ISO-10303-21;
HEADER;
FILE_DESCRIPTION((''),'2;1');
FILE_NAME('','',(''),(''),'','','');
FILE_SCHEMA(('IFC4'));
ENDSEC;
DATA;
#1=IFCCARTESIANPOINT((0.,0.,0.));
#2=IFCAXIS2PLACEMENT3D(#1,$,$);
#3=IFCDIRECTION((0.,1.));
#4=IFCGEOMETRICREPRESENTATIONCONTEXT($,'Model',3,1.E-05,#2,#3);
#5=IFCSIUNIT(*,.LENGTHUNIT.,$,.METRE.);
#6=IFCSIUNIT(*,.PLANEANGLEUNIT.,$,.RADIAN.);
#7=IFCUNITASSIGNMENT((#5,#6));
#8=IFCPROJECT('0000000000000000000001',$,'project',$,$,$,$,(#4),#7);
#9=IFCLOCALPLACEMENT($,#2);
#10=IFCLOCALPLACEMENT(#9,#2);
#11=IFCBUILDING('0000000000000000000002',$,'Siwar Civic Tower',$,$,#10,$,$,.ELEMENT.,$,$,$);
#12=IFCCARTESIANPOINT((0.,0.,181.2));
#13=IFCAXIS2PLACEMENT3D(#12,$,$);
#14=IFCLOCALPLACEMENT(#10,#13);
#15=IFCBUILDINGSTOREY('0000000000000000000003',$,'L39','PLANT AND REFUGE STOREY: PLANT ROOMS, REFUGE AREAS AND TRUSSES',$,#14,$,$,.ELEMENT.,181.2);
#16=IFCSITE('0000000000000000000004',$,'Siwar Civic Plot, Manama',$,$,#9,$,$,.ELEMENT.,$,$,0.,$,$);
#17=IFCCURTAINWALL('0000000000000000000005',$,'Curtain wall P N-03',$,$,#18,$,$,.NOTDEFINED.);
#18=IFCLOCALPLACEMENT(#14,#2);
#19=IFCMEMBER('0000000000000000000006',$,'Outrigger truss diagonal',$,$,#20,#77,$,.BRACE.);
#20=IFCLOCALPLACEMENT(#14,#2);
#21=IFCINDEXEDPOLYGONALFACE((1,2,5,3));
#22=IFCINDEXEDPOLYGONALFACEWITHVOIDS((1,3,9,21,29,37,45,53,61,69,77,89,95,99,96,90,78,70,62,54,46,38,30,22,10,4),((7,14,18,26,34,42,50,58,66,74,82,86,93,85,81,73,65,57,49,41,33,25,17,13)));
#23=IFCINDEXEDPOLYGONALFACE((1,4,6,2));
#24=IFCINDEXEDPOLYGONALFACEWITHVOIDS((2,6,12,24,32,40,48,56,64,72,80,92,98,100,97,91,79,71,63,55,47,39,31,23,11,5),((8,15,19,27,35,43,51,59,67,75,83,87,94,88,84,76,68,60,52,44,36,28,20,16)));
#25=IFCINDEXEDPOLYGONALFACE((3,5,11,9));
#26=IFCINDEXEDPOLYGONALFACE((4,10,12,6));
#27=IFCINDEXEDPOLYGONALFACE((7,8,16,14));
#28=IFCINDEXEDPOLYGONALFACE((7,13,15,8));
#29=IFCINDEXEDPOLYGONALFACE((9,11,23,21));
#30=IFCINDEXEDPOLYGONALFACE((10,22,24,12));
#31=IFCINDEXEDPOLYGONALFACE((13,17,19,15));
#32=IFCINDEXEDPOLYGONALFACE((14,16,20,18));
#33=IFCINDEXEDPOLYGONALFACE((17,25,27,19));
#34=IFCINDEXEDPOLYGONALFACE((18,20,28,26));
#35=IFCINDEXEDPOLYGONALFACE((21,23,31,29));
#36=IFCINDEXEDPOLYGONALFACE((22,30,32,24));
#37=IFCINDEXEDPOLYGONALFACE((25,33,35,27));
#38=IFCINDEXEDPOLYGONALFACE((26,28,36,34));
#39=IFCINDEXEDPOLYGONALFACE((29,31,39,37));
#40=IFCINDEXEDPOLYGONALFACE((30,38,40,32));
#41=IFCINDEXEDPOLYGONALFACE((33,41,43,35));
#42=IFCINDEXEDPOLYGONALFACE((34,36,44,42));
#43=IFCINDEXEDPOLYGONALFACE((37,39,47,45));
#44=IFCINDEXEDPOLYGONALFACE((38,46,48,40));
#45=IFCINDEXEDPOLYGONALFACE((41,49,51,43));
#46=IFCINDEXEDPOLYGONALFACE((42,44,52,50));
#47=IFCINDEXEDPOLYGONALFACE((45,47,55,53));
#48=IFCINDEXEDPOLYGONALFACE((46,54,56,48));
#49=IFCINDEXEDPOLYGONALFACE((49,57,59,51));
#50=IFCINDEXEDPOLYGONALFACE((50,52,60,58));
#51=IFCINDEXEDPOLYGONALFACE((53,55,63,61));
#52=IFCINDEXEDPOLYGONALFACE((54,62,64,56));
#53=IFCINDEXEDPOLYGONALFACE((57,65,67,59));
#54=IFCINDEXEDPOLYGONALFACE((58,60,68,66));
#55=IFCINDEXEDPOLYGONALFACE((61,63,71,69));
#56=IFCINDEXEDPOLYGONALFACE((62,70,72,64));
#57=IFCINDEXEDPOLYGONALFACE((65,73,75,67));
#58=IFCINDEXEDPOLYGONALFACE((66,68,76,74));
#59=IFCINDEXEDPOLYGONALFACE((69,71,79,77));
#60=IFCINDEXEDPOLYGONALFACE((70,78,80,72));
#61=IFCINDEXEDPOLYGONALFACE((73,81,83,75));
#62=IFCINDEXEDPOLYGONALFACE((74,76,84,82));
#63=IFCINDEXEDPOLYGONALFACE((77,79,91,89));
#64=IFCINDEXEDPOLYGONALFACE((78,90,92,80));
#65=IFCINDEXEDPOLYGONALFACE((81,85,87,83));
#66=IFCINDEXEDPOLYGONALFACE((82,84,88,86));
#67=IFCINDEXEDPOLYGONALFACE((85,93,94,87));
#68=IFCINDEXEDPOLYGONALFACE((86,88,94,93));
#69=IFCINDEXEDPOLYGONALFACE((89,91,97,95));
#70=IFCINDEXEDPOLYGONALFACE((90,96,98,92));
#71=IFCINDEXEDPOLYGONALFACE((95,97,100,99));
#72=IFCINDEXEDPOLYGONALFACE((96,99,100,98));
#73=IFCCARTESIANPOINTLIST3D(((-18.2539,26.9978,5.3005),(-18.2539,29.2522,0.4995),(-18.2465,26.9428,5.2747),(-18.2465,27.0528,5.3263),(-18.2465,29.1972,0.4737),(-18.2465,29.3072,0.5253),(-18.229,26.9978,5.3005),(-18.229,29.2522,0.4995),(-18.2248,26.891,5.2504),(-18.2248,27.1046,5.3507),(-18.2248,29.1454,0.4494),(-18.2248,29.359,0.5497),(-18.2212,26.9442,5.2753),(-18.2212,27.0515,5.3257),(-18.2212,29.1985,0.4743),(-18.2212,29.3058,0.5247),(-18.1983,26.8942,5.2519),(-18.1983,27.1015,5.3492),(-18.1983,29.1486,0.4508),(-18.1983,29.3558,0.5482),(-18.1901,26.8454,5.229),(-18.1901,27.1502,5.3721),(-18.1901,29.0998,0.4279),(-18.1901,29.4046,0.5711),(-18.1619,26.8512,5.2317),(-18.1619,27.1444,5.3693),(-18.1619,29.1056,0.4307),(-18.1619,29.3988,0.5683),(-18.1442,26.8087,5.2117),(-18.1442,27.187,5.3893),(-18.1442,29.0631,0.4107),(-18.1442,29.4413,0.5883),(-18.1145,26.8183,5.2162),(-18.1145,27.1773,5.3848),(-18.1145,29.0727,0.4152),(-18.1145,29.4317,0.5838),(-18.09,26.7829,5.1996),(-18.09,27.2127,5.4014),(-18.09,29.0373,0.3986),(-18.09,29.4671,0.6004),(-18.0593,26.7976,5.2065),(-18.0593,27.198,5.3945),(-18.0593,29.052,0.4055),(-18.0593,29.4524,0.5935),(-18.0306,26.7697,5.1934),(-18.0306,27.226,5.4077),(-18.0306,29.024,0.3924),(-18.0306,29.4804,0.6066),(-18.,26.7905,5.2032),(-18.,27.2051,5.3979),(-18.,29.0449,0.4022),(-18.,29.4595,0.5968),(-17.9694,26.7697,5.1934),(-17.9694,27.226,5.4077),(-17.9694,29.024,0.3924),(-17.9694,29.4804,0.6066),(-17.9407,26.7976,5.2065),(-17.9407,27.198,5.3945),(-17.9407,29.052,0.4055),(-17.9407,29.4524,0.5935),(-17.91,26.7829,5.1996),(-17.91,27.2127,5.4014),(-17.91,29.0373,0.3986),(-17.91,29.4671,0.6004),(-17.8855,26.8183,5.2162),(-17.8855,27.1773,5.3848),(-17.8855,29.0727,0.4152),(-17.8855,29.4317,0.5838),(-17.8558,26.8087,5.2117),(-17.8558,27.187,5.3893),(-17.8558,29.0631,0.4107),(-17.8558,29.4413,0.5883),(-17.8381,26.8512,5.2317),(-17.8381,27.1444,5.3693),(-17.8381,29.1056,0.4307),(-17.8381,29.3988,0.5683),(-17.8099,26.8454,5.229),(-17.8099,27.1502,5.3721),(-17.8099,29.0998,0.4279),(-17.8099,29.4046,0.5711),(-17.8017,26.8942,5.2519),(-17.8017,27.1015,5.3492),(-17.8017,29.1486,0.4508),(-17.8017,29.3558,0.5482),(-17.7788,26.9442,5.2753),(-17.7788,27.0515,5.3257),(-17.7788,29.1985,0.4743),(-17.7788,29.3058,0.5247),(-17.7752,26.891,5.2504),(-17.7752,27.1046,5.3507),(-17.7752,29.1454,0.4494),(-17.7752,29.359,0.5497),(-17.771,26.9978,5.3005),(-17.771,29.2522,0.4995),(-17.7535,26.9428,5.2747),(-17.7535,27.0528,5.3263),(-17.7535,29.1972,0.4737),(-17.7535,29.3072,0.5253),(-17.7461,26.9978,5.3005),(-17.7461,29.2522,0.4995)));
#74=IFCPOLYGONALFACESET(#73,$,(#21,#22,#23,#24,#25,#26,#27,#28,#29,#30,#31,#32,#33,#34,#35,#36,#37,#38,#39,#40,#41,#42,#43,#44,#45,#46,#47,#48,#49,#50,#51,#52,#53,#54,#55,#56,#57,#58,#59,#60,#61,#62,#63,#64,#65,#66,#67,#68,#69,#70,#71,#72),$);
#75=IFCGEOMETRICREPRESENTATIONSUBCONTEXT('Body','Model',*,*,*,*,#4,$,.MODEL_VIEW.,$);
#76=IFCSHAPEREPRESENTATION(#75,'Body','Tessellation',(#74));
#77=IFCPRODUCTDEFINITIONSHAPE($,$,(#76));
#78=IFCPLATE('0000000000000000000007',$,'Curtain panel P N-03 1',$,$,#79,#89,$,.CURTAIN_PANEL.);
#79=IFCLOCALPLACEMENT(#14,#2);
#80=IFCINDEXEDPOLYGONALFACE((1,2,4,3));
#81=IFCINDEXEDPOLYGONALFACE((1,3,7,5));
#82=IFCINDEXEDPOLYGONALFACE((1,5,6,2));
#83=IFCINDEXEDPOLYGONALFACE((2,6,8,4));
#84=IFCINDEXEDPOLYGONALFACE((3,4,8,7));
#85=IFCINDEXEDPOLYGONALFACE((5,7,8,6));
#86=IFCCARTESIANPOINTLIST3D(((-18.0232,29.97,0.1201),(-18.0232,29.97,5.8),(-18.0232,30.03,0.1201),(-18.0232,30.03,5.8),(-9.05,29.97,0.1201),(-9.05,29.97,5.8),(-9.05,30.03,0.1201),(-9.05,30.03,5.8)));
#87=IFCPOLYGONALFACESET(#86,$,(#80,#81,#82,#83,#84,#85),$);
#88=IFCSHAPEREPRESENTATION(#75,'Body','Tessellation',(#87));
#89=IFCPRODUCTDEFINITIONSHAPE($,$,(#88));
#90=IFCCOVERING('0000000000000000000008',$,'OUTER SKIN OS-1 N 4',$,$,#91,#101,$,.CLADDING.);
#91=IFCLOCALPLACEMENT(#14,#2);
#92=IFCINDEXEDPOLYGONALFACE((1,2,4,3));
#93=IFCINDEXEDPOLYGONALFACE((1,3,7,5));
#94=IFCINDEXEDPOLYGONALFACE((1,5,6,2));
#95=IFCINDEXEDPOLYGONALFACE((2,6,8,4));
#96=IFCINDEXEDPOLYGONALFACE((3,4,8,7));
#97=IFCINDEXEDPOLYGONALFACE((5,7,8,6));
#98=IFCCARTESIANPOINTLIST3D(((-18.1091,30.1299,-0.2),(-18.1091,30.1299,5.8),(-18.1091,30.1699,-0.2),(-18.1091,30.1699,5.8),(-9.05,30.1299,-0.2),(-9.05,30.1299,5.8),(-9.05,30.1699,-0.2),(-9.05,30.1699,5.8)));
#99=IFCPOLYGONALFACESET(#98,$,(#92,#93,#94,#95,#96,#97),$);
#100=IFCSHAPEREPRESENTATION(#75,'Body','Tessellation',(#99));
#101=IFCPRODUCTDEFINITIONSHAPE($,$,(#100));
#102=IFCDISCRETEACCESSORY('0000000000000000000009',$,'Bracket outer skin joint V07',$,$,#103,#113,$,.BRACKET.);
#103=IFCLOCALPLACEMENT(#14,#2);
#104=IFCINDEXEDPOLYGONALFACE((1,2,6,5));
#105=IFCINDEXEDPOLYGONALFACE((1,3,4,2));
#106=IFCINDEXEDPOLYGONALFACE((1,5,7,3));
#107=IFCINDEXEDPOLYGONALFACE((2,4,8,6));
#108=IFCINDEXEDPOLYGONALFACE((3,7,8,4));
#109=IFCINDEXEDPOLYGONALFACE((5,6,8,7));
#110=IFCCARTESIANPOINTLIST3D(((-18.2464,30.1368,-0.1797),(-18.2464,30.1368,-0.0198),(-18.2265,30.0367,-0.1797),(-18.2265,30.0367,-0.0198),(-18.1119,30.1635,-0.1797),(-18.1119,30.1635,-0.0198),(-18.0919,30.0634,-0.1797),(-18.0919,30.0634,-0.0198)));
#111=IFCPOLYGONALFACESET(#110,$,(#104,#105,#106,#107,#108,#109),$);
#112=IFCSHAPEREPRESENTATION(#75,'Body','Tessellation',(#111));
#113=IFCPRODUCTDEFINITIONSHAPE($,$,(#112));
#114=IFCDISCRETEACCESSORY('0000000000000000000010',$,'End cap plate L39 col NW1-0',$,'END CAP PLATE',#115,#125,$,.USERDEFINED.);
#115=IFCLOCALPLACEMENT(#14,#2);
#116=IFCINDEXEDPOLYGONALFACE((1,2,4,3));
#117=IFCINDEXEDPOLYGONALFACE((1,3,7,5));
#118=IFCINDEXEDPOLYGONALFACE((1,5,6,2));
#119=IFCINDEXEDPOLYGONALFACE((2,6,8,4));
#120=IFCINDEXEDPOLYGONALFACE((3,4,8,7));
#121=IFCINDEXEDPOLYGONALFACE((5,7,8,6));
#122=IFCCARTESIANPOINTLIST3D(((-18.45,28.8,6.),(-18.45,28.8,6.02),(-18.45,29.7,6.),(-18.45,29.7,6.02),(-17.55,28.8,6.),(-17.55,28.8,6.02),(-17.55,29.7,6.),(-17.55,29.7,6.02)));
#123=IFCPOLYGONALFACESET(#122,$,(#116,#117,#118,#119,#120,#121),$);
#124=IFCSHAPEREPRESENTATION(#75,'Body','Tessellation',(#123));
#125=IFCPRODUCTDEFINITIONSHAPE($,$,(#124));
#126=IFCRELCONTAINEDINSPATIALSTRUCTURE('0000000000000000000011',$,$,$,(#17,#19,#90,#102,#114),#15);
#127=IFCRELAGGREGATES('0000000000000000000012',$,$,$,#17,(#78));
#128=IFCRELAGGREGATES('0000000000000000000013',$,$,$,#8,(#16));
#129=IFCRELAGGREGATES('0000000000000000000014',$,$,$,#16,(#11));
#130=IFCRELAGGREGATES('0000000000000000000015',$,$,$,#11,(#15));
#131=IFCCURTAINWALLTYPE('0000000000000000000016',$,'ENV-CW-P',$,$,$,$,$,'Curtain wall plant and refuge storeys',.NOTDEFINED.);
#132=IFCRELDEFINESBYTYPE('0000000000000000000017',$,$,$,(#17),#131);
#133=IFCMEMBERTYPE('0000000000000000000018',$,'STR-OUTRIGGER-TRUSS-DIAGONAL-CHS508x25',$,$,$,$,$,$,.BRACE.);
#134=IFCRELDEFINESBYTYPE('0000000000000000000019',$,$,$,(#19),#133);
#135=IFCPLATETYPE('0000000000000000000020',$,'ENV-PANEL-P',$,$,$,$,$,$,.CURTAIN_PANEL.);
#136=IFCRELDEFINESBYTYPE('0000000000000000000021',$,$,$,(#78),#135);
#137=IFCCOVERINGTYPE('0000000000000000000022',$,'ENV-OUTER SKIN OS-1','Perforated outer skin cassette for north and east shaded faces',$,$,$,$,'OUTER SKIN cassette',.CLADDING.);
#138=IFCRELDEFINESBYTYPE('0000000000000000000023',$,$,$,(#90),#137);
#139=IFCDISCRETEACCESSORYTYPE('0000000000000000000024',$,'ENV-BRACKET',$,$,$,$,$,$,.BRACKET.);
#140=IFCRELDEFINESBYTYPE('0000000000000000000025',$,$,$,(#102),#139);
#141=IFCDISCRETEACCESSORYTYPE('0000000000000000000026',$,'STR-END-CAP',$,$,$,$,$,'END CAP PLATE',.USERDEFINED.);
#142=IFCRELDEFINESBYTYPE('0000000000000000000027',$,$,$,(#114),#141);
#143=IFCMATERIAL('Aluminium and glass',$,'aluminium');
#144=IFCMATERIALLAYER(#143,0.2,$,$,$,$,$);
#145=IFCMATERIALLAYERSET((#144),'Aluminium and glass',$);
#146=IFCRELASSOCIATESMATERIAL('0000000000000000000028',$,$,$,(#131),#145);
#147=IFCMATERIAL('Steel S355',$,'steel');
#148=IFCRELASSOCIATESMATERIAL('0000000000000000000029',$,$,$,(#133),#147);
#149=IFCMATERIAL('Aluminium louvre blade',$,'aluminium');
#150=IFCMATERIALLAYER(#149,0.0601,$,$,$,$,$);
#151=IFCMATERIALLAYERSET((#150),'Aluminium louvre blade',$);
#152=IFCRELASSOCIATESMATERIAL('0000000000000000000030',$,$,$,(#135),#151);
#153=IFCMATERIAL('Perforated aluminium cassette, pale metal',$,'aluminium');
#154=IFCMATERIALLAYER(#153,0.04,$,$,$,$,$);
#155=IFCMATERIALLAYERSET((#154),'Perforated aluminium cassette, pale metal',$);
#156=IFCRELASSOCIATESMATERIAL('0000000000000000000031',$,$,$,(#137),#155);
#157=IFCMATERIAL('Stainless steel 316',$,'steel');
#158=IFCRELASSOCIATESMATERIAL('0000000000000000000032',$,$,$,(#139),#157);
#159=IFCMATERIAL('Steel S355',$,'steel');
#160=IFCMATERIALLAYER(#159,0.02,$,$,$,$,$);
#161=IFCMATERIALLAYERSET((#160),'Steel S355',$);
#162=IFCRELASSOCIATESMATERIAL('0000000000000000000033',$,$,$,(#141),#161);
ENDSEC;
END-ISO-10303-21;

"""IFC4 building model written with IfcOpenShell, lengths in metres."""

from ifc_helpers import new_model, si_unit, direction, frame, origin, origin_2d, place, context, subcontext, project, spatial, rectangle, hollow_circle, extrude, material, layer, layer_set, material_profile, profile_set, type_object, element, aggregate, save


model = new_model("IFC4")

# Units and contexts
model_context = context("Model", 3, precision=1e-05, world=origin(), true_north=direction((0.0, 1.0)))
body_context = subcontext(model_context, "Body", "Model", "MODEL_VIEW")
ifc_project = project(units=[si_unit("LENGTHUNIT", "METRE"), si_unit("PLANEANGLEUNIT", "RADIAN")], contexts=[model_context])

# Site, building, storey
site_placement = place(None, origin())
site = spatial("IfcSite", under=ifc_project, at=site_placement, Name="Siwar Civic Plot, Manama", CompositionType="ELEMENT", RefElevation=0.0)
building_placement = place(site_placement, origin())
building = spatial("IfcBuilding", under=site, at=building_placement, Name="Siwar Civic Tower", CompositionType="ELEMENT")
storey_placement = place(building_placement, frame((0.0, 0.0, 181.2)))
storey = spatial("IfcBuildingStorey", under=building, at=storey_placement, Name="L39", Description="PLANT AND REFUGE STOREY: PLANT ROOMS, REFUGE AREAS AND TRUSSES", CompositionType="ELEMENT", Elevation=181.2)

# Curtain wall
ifc_material_1 = material(Name="Aluminium and glass", Category="aluminium")
ifc_layer_1 = layer(ifc_material_1, 0.2)
ifc_layer_set_1 = layer_set([ifc_layer_1], Name="Aluminium and glass")
curtain_wall_type = type_object("IfcCurtainWallType", Name="ENV-CW-P", ElementType="Curtain wall plant and refuge storeys", PredefinedType="NOTDEFINED", material=ifc_layer_set_1)
curtain_wall_1_placement = place(storey_placement, origin())
curtain_wall_1 = element("IfcCurtainWall", 1, at=curtain_wall_1_placement, inside=storey, type_object=curtain_wall_type, Name="Curtain wall P N-03", PredefinedType="NOTDEFINED")

# Member
ifc_material_2 = material(Name="Steel S355", Category="steel")
ifc_material_profile_1 = material_profile(ifc_material_2, hollow_circle(Radius=0.2539, WallThickness=0.0249, at=origin_2d()), Name="CHS508x25")
ifc_profile_set_1 = profile_set([ifc_material_profile_1], Name="Steel S355")
member_type_1 = type_object("IfcMemberType", Name="STR-OUTRIGGER-TRUSS-DIAGONAL-CHS508x25", PredefinedType="BRACE", material=ifc_profile_set_1)
member_1_placement = place(storey_placement, frame((-18.0, 29.2522, 0.4995), z_axis=(0.0, -0.425039, 0.905175), x_axis=(1.0, 0.0, 0.0)))
element("IfcMember", 2, at=member_1_placement, inside=storey, type_object=member_type_1, Name="Outrigger truss diagonal", PredefinedType="BRACE", context=body_context, shape_type="SweptSolid", body=[
    extrude(hollow_circle(Radius=0.2539, WallThickness=0.0249, at=origin_2d()), origin(), (0.0, 0.0, 1.0), 5.304),
])

# Plate
ifc_material_3 = material(Name="Aluminium louvre blade", Category="aluminium")
ifc_layer_2 = layer(ifc_material_3, 0.0601)
ifc_layer_set_2 = layer_set([ifc_layer_2], Name="Aluminium louvre blade")
plate_type = type_object("IfcPlateType", Name="ENV-PANEL-P", PredefinedType="CURTAIN_PANEL", material=ifc_layer_set_2)
plate_placement = place(storey_placement, frame((-13.5366, 30.0, 0.1201), z_axis=(0.0, 0.0, 1.0), x_axis=(-1.0, 0.0, 0.0)))
plate = element("IfcPlate", 3, at=plate_placement, type_object=plate_type, Name="Curtain panel P N-03 1", PredefinedType="CURTAIN_PANEL", context=body_context, shape_type="SweptSolid", body=[
    extrude(rectangle(XDim=8.9731, YDim=0.0601, at=origin_2d()), origin(), (0.0, 0.0, 1.0), 5.6799),
])
aggregate(curtain_wall_1, [plate])

# Covering
ifc_material_4 = material(Name="Perforated aluminium cassette, pale metal", Category="aluminium")
ifc_layer_3 = layer(ifc_material_4, 0.04)
ifc_layer_set_3 = layer_set([ifc_layer_3], Name="Perforated aluminium cassette, pale metal")
covering_type = type_object("IfcCoveringType", Name="ENV-OUTER SKIN OS-1", Description="Perforated outer skin cassette for north and east shaded faces", ElementType="OUTER SKIN cassette", PredefinedType="CLADDING", material=ifc_layer_set_3)
covering_placement = place(storey_placement, frame((-13.5796, 30.1499, -0.2), z_axis=(0.0, 0.0, 1.0), x_axis=(-1.0, 0.0, 0.0)))
element("IfcCovering", 4, at=covering_placement, inside=storey, type_object=covering_type, Name="OUTER SKIN OS-1 N 4", PredefinedType="CLADDING", context=body_context, shape_type="SweptSolid", body=[
    extrude(rectangle(XDim=9.0591, YDim=0.04, at=origin_2d()), origin(), (0.0, 0.0, 1.0), 6.0),
])

# Discrete accessories
ifc_material_5 = material(Name="Stainless steel 316", Category="steel")
discrete_accessory_type_1 = type_object("IfcDiscreteAccessoryType", Name="ENV-BRACKET", PredefinedType="BRACKET", material=ifc_material_5)
discrete_accessory_1_placement = place(storey_placement, frame((-18.1692, 30.1001, -0.1797), z_axis=(0.0, 0.0, 1.0), x_axis=(-0.19509, 0.980785, 0.0)))
element("IfcDiscreteAccessory", 5, at=discrete_accessory_1_placement, inside=storey, type_object=discrete_accessory_type_1, Name="Bracket outer skin joint V07", PredefinedType="BRACKET", context=body_context, shape_type="SweptSolid", body=[
    extrude(rectangle(XDim=0.1021, YDim=0.1372, at=origin_2d()), origin(), (0.0, 0.0, 1.0), 0.1599),
])
ifc_material_6 = material(Name="Steel S355", Category="steel")
ifc_layer_4 = layer(ifc_material_6, 0.02)
ifc_layer_set_4 = layer_set([ifc_layer_4], Name="Steel S355")
discrete_accessory_type_2 = type_object("IfcDiscreteAccessoryType", Name="STR-END-CAP", ElementType="END CAP PLATE", PredefinedType="USERDEFINED", material=ifc_layer_set_4)
discrete_accessory_2_placement = place(storey_placement, frame((-18.0, 29.25, 6.0), z_axis=(0.0, 0.0, 1.0), x_axis=(1.0, 0.0, 0.0)))
element("IfcDiscreteAccessory", 6, at=discrete_accessory_2_placement, inside=storey, type_object=discrete_accessory_type_2, Name="End cap plate L39 col NW1-0", ObjectType="END CAP PLATE", PredefinedType="USERDEFINED", context=body_context, shape_type="SweptSolid", body=[
    extrude(rectangle(XDim=0.8999, YDim=0.8999, at=origin_2d()), origin(), (0.0, 0.0, 1.0), 0.02),
])

save(model, "model.ifc")
